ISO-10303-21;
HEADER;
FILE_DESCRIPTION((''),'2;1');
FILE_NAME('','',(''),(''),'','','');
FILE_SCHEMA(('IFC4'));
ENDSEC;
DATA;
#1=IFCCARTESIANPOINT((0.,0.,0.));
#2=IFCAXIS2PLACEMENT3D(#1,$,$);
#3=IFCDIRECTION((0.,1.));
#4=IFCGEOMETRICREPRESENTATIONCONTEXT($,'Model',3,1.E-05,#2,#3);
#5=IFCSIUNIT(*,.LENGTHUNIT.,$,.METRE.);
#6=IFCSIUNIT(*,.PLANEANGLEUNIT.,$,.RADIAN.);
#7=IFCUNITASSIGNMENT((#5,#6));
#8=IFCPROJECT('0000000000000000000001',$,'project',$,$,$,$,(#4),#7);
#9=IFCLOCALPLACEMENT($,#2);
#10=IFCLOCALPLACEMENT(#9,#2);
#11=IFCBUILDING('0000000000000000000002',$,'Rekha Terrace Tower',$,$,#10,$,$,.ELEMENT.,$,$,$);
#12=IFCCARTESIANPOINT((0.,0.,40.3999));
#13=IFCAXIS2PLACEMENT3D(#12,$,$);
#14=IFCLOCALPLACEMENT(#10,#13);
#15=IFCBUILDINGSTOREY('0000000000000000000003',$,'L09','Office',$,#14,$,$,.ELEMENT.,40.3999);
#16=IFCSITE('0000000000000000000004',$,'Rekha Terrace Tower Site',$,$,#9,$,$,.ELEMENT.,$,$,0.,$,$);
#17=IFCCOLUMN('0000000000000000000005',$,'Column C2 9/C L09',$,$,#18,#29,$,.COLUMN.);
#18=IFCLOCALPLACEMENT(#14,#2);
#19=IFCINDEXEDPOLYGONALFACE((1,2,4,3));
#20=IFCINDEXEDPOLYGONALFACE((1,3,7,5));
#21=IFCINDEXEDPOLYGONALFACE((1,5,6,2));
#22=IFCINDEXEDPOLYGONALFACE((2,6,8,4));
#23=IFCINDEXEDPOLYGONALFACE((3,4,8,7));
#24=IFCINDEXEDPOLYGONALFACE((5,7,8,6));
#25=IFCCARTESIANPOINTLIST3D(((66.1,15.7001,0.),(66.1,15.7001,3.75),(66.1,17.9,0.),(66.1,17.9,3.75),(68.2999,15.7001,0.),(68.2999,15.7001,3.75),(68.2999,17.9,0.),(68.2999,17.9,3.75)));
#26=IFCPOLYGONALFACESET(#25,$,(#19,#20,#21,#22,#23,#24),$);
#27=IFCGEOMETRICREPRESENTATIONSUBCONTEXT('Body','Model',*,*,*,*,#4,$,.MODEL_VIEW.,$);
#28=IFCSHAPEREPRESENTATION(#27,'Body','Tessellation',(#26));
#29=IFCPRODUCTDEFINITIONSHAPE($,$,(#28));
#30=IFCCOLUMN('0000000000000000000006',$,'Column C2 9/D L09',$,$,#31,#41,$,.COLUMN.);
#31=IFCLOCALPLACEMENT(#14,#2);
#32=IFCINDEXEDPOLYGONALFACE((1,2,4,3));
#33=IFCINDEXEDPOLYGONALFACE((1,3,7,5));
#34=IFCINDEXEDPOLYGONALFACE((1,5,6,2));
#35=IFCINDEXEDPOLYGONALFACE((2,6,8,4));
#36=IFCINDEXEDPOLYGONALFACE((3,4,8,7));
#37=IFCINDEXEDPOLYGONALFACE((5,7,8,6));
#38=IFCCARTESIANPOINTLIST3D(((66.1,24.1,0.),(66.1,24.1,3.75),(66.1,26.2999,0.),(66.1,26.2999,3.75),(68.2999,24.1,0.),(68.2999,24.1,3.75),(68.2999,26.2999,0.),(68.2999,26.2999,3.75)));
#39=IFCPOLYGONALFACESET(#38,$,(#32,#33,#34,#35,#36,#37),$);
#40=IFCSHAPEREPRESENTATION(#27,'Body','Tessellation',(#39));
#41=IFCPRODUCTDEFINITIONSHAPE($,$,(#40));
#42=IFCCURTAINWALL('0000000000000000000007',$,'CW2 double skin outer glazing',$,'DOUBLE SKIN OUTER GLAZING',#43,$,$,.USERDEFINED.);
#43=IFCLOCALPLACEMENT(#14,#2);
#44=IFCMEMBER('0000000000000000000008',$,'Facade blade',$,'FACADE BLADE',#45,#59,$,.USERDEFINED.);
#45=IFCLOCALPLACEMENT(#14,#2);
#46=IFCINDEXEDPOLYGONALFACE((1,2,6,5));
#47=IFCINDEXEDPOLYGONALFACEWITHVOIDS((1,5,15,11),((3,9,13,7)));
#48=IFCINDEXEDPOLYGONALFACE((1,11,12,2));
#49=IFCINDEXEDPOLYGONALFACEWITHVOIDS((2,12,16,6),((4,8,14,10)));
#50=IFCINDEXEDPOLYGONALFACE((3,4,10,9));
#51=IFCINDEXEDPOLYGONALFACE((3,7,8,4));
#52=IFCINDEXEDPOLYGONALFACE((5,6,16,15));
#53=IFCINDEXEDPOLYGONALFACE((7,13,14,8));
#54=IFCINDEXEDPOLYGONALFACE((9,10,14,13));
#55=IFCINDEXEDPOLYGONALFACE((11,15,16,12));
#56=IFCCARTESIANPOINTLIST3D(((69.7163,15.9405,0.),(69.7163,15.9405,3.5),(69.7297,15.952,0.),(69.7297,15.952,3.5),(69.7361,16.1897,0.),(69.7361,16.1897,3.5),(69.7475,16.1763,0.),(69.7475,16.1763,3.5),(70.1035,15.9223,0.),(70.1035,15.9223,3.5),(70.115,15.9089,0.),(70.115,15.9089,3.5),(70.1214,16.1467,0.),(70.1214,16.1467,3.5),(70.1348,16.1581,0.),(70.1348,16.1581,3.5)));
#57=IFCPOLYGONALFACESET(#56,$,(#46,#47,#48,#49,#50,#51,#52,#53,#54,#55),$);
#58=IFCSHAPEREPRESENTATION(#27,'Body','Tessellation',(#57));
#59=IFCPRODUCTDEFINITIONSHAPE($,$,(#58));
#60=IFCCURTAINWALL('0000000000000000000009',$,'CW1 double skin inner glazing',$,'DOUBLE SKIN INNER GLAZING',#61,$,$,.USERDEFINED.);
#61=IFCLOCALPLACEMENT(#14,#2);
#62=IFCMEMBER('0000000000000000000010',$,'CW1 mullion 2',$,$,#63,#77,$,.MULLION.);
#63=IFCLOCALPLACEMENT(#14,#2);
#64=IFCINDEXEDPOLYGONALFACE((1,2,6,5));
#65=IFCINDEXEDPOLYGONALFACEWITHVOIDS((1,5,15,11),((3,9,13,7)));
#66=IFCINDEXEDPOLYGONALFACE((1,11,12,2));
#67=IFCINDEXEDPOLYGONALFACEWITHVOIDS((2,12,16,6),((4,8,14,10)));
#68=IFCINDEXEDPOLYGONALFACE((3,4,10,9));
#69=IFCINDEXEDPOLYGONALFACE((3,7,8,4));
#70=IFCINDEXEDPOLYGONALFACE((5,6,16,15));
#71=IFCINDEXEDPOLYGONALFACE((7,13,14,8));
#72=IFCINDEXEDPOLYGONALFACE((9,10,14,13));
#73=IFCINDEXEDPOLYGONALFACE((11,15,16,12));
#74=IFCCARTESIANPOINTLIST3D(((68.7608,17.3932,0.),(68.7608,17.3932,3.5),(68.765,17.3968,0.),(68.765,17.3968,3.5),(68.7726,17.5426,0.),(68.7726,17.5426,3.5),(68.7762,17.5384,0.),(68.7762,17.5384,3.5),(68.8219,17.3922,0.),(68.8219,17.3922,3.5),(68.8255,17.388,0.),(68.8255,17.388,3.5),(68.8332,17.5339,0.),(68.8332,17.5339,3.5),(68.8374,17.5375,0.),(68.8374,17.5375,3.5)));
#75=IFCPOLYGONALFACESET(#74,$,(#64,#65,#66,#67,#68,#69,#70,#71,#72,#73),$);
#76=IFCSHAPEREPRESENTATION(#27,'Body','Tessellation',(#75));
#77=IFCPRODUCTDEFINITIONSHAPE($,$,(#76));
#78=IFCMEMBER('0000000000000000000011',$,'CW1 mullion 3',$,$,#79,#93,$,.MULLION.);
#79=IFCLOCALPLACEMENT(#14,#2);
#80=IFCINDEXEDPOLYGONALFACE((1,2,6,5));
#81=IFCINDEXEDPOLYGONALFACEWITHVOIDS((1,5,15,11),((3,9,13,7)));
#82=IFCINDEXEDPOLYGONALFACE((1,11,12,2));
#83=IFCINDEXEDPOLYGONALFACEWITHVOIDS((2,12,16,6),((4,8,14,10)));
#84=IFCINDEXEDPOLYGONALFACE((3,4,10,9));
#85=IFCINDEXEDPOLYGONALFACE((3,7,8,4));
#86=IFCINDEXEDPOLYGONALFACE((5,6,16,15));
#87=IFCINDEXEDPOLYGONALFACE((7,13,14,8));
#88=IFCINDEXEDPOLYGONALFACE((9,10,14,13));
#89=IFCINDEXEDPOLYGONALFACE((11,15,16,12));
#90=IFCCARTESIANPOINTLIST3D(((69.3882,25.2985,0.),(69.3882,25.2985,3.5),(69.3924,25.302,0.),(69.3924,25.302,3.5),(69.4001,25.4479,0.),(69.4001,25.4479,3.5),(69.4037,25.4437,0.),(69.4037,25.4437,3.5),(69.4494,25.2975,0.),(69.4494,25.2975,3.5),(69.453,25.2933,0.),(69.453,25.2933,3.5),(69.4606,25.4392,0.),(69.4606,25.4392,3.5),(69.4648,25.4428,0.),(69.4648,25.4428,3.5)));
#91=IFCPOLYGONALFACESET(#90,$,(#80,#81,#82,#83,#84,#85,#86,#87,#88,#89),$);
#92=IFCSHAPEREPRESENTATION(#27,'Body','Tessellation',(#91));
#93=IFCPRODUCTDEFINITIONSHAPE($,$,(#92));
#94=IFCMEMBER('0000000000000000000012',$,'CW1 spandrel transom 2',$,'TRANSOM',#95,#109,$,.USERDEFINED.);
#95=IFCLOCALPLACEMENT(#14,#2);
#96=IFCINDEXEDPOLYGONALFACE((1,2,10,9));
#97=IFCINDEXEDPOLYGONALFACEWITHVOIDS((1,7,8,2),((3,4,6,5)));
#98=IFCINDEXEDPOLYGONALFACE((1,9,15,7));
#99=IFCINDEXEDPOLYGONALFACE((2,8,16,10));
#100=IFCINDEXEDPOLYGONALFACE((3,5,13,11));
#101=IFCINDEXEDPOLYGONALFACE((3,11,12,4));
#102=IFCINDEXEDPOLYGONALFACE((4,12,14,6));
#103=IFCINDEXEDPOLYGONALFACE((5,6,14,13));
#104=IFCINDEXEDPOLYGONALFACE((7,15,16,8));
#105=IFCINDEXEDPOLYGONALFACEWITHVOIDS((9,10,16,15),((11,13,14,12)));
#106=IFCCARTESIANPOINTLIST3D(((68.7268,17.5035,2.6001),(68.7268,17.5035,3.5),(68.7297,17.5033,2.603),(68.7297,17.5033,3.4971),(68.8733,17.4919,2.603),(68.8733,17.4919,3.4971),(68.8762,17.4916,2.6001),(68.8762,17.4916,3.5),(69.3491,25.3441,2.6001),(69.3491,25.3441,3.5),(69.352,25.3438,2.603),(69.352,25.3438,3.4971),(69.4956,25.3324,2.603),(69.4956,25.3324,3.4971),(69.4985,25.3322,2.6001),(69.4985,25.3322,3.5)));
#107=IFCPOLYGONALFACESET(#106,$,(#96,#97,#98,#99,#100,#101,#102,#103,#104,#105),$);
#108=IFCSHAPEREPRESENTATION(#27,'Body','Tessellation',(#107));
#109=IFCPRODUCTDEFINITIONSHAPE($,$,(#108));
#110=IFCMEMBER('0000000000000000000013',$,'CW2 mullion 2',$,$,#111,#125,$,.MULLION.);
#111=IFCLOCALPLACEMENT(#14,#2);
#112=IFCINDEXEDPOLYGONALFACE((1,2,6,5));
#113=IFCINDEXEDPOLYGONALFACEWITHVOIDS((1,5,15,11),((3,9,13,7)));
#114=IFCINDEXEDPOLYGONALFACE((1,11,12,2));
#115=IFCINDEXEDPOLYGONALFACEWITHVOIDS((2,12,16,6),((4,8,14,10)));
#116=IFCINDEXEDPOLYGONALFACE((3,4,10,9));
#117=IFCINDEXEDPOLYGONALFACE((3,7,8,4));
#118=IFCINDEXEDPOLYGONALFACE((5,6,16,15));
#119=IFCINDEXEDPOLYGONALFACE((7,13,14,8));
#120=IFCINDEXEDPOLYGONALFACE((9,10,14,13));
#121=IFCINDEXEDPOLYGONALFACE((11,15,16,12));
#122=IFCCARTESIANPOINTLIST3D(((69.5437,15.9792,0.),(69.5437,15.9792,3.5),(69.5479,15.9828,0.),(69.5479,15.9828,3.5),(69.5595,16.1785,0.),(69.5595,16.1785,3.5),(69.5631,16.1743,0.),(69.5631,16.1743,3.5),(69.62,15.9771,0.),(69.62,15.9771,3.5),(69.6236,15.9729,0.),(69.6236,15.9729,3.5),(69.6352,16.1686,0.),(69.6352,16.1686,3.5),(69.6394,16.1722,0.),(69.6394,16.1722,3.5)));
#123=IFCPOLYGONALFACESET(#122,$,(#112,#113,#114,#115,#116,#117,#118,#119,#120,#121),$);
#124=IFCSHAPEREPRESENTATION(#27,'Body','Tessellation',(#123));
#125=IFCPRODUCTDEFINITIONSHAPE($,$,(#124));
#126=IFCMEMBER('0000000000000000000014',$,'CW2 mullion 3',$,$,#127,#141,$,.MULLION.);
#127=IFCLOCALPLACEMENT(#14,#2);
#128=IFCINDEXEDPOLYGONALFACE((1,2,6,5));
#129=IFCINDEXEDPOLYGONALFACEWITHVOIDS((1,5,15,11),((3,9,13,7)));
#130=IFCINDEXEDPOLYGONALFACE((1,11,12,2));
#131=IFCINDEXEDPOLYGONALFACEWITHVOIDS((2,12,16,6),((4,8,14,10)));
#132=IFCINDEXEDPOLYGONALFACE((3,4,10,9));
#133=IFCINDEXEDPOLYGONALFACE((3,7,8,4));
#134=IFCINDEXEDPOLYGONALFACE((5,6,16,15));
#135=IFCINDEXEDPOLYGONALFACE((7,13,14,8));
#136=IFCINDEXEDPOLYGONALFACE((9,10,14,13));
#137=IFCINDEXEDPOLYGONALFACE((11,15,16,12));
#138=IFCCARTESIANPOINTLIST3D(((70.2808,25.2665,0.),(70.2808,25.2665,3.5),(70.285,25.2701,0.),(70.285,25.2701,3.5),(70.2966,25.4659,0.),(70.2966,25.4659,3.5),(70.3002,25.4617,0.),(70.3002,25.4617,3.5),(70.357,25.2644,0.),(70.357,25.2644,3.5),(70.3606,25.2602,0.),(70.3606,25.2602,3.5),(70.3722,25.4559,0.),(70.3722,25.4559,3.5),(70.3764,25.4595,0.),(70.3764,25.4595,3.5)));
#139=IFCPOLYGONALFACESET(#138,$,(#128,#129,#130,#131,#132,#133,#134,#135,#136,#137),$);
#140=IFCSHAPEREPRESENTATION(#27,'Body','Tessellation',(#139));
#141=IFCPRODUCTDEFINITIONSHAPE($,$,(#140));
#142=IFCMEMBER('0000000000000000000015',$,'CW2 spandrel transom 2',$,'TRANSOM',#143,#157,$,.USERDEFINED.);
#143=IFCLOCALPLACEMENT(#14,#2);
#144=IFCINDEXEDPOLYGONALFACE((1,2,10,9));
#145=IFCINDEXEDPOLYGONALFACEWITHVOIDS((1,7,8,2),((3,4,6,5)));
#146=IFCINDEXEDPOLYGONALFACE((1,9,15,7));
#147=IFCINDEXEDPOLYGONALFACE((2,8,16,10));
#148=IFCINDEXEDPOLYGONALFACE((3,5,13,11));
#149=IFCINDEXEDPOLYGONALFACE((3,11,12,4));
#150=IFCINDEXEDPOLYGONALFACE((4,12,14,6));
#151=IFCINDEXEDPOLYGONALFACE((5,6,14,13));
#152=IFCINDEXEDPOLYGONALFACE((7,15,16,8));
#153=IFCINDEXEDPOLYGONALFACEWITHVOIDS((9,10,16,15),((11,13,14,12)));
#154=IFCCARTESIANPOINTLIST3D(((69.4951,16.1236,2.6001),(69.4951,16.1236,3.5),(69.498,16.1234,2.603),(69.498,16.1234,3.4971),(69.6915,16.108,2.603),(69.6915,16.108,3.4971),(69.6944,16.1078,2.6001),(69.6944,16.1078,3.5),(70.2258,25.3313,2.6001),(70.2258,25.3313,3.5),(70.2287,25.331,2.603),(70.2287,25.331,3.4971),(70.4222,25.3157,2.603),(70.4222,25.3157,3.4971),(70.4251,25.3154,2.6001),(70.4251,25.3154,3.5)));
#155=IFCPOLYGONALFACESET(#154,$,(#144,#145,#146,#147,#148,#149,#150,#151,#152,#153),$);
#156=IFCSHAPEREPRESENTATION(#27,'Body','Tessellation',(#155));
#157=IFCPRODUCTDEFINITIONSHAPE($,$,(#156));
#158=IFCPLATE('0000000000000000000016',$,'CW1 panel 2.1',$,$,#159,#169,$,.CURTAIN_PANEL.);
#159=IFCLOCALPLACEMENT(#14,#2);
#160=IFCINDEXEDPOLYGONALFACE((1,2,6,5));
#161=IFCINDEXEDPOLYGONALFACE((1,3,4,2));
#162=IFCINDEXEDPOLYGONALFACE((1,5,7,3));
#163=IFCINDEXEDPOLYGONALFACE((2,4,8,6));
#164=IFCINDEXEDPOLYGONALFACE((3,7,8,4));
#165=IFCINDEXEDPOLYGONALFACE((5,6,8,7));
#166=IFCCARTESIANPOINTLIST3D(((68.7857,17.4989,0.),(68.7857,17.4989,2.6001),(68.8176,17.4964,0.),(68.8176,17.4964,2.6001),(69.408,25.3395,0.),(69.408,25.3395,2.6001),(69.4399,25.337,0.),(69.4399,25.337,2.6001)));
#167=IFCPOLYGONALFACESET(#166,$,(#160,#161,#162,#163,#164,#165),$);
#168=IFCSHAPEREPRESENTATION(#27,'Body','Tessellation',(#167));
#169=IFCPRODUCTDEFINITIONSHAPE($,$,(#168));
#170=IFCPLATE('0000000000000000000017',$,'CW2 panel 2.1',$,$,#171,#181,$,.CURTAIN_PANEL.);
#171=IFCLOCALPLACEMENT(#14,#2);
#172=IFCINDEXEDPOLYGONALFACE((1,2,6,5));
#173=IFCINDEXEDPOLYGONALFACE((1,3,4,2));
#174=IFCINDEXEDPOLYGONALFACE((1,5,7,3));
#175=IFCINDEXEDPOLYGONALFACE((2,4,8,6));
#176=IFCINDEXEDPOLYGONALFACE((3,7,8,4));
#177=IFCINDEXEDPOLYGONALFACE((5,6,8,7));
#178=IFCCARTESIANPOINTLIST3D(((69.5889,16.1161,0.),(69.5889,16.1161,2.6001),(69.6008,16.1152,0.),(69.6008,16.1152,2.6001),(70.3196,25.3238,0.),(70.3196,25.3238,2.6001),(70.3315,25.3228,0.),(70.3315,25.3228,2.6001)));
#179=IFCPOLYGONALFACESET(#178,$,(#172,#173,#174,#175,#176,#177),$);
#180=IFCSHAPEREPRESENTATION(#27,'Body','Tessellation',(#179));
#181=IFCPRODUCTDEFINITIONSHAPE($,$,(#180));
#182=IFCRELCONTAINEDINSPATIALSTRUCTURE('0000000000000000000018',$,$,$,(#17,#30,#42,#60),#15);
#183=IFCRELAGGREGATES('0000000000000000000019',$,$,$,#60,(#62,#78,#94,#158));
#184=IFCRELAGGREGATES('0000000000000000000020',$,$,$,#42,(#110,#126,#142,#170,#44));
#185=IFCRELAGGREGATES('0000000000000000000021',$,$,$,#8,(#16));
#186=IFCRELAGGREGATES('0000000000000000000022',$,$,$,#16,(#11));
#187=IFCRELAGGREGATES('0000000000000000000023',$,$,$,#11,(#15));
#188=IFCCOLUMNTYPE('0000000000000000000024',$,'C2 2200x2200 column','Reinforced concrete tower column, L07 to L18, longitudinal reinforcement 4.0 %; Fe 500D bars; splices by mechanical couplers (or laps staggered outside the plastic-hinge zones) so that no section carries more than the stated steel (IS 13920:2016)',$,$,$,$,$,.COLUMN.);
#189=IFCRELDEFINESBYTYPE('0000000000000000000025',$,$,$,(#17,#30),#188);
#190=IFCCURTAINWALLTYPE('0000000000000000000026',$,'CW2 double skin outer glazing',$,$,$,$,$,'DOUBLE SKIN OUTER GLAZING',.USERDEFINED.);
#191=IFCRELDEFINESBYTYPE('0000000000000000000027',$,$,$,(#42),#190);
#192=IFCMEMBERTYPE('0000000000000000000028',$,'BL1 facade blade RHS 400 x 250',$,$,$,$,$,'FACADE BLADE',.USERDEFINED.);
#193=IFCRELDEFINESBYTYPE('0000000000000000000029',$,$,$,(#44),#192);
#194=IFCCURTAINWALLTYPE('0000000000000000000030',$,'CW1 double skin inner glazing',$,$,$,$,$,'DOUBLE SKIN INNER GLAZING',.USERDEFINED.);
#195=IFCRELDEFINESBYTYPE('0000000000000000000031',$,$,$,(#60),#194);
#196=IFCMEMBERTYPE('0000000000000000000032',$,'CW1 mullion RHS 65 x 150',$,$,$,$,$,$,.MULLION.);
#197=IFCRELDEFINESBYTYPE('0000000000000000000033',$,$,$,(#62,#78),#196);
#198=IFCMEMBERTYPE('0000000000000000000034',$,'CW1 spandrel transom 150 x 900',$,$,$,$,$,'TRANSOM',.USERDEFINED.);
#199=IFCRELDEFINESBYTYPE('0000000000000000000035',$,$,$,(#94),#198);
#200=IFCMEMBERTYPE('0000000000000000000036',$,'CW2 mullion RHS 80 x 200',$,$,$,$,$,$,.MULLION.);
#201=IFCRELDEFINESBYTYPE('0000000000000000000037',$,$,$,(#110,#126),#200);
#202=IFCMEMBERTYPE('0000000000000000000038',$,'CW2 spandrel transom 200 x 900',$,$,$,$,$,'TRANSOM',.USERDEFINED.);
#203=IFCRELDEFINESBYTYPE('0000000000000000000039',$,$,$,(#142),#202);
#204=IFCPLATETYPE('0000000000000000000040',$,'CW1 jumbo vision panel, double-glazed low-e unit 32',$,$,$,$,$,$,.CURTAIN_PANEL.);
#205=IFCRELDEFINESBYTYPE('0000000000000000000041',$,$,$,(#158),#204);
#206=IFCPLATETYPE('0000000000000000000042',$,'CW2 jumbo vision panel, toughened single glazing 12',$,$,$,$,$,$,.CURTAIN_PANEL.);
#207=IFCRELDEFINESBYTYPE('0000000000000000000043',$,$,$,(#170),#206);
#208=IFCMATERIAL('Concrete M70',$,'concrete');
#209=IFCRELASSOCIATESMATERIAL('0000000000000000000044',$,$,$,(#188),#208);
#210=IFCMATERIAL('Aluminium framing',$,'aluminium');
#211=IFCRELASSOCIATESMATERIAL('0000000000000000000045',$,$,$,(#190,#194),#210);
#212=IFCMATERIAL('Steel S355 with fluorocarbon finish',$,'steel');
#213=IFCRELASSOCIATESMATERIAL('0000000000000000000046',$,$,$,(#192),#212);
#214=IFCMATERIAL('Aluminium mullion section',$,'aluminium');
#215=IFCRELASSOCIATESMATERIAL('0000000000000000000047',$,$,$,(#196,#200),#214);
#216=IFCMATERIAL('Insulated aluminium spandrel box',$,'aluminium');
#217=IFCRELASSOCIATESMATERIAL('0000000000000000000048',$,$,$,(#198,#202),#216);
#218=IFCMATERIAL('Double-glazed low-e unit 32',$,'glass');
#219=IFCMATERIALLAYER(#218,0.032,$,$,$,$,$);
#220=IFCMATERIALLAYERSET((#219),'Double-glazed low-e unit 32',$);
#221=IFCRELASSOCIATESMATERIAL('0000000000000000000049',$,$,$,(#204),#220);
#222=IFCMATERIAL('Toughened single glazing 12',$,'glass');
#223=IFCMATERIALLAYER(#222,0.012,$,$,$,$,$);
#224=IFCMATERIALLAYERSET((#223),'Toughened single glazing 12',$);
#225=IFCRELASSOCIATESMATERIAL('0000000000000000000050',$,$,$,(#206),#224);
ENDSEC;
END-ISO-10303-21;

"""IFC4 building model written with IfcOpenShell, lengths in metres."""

from ifc_helpers import new_model, si_unit, direction, frame, origin, origin_2d, place, context, subcontext, project, spatial, rectangle, hollow_rectangle, extrude, material, layer, layer_set, material_profile, profile_set, type_object, element, aggregate, save


model = new_model("IFC4")

# Units and contexts
model_context = context("Model", 3, precision=1e-05, world=origin(), true_north=direction((0.0, 1.0)))
body_context = subcontext(model_context, "Body", "Model", "MODEL_VIEW")
ifc_project = project(units=[si_unit("LENGTHUNIT", "METRE"), si_unit("PLANEANGLEUNIT", "RADIAN")], contexts=[model_context])

# Site, building, storey
site_placement = place(None, origin())
site = spatial("IfcSite", under=ifc_project, at=site_placement, Name="Rekha Terrace Tower Site", CompositionType="ELEMENT", RefElevation=0.0)
building_placement = place(site_placement, origin())
building = spatial("IfcBuilding", under=site, at=building_placement, Name="Rekha Terrace Tower", CompositionType="ELEMENT")
storey_placement = place(building_placement, frame((0.0, 0.0, 40.3999)))
storey = spatial("IfcBuildingStorey", under=building, at=storey_placement, Name="L09", Description="Office", CompositionType="ELEMENT", Elevation=40.3999)

# Columns
ifc_material_1 = material(Name="Concrete M70", Category="concrete")
ifc_material_profile_1 = material_profile(ifc_material_1, rectangle(XDim=2.2, YDim=2.2, at=origin_2d()), Name="RC 2200x2200")
ifc_profile_set_1 = profile_set([ifc_material_profile_1], Name="Concrete M70")
column_type = type_object("IfcColumnType", Name="C2 2200x2200 column", Description="Reinforced concrete tower column, L07 to L18, longitudinal reinforcement 4.0 %; Fe 500D bars; splices by mechanical couplers (or laps staggered outside the plastic-hinge zones) so that no section carries more than the stated steel (IS 13920:2016)", PredefinedType="COLUMN", material=ifc_profile_set_1)
for number, where, z_axis, x_axis, name in (
    (1, (67.2, 16.8, 0.0), (0.0, 0.0, 1.0), (1.0, 0.0, 0.0), "Column C2 9/C L09"),
    (2, (67.2, 25.2, 0.0), (0.0, 0.0, 1.0), (1.0, 0.0, 0.0), "Column C2 9/D L09"),
):
    element("IfcColumn", number, at=place(storey_placement, frame(where, z_axis=z_axis, x_axis=x_axis)), inside=storey, type_object=column_type, Name=name, PredefinedType="COLUMN", context=body_context, shape_type="SweptSolid", body=[
        extrude(rectangle(XDim=2.2, YDim=2.2, at=origin_2d()), origin(), (0.0, 0.0, 1.0), 3.75),
    ])

# Curtain wall, member
ifc_material_2 = material(Name="Aluminium framing", Category="aluminium")
curtain_wall_type_1 = type_object("IfcCurtainWallType", Name="CW2 double skin outer glazing", ElementType="DOUBLE SKIN OUTER GLAZING", PredefinedType="USERDEFINED", material=ifc_material_2)
curtain_wall_1_placement = place(storey_placement, origin())
curtain_wall_1 = element("IfcCurtainWall", 3, at=curtain_wall_1_placement, inside=storey, type_object=curtain_wall_type_1, Name="CW2 double skin outer glazing", ObjectType="DOUBLE SKIN OUTER GLAZING", PredefinedType="USERDEFINED")
ifc_material_3 = material(Name="Steel S355 with fluorocarbon finish", Category="steel")
ifc_material_profile_2 = material_profile(ifc_material_3, hollow_rectangle(XDim=0.25, YDim=0.3999, WallThickness=0.0125, at=origin_2d()), Name="RHS400x250x12.5")
ifc_profile_set_2 = profile_set([ifc_material_profile_2], Name="Steel S355 with fluorocarbon finish")
member_type_1 = type_object("IfcMemberType", Name="BL1 facade blade RHS 400 x 250", ElementType="FACADE BLADE", PredefinedType="USERDEFINED", material=ifc_profile_set_2)
member_1_placement = place(storey_placement, frame((69.9255, 16.0493, 0.0), z_axis=(0.0, 0.0, 1.0), x_axis=(0.079117, 0.996865, 0.0)))
member_1 = element("IfcMember", 4, at=member_1_placement, type_object=member_type_1, Name="Facade blade", ObjectType="FACADE BLADE", PredefinedType="USERDEFINED", context=body_context, shape_type="SweptSolid", body=[
    extrude(hollow_rectangle(XDim=0.25, YDim=0.3999, WallThickness=0.0125, at=origin_2d()), origin(), (0.0, 0.0, 1.0), 3.5),
])

# Curtain wall, members
curtain_wall_type_2 = type_object("IfcCurtainWallType", Name="CW1 double skin inner glazing", ElementType="DOUBLE SKIN INNER GLAZING", PredefinedType="USERDEFINED", material=ifc_material_2)
curtain_wall_2_placement = place(storey_placement, origin())
curtain_wall_2 = element("IfcCurtainWall", 5, at=curtain_wall_2_placement, inside=storey, type_object=curtain_wall_type_2, Name="CW1 double skin inner glazing", ObjectType="DOUBLE SKIN INNER GLAZING", PredefinedType="USERDEFINED")
ifc_material_4 = material(Name="Aluminium mullion section", Category="aluminium")
ifc_material_profile_3 = material_profile(ifc_material_4, hollow_rectangle(XDim=0.0649, YDim=0.1499, WallThickness=0.0039, at=origin_2d()), Name="AL RHS 65x150")
ifc_profile_set_3 = profile_set([ifc_material_profile_3], Name="Aluminium mullion section")
member_type_2 = type_object("IfcMemberType", Name="CW1 mullion RHS 65 x 150", PredefinedType="MULLION", material=ifc_profile_set_3)
member_2_placement = place(storey_placement, frame((68.7991, 17.4653, 0.0), z_axis=(0.0, 0.0, 1.0), x_axis=(-0.996865, 0.079116, 0.0)))
member_2 = element("IfcMember", 6, at=member_2_placement, type_object=member_type_2, Name="CW1 mullion 2", PredefinedType="MULLION", context=body_context, shape_type="SweptSolid", body=[
    extrude(hollow_rectangle(XDim=0.0649, YDim=0.1499, WallThickness=0.0039, at=origin_2d()), origin(), (0.0, 0.0, 1.0), 3.5),
])
member_3_placement = place(storey_placement, frame((69.4265, 25.3706, 0.0), z_axis=(0.0, 0.0, 1.0), x_axis=(-0.996865, 0.079116, 0.0)))
member_3 = element("IfcMember", 7, at=member_3_placement, type_object=member_type_2, Name="CW1 mullion 3", PredefinedType="MULLION", context=body_context, shape_type="SweptSolid", body=[
    extrude(hollow_rectangle(XDim=0.0649, YDim=0.1499, WallThickness=0.0039, at=origin_2d()), origin(), (0.0, 0.0, 1.0), 3.5),
])
ifc_material_5 = material(Name="Insulated aluminium spandrel box", Category="aluminium")
ifc_material_profile_4 = material_profile(ifc_material_5, hollow_rectangle(XDim=0.1499, YDim=0.8999, WallThickness=0.0029, at=origin_2d()), Name="AL SPANDREL BOX 150x900")
ifc_profile_set_4 = profile_set([ifc_material_profile_4], Name="Insulated aluminium spandrel box")
member_type_3 = type_object("IfcMemberType", Name="CW1 spandrel transom 150 x 900", ElementType="TRANSOM", PredefinedType="USERDEFINED", material=ifc_profile_set_4)
member_4_placement = place(storey_placement, frame((68.8015, 17.4976, 3.05), z_axis=(0.079122, 0.996865, 0.0), x_axis=(-0.996865, 0.079122, 0.0)))
member_4 = element("IfcMember", 8, at=member_4_placement, type_object=member_type_3, Name="CW1 spandrel transom 2", ObjectType="TRANSOM", PredefinedType="USERDEFINED", context=body_context, shape_type="SweptSolid", body=[
    extrude(hollow_rectangle(XDim=0.1499, YDim=0.8999, WallThickness=0.0029, at=origin_2d()), origin(), (0.0, 0.0, 1.0), 7.8652),
])

# Members
ifc_material_profile_5 = material_profile(ifc_material_4, hollow_rectangle(XDim=0.0801, YDim=0.2, WallThickness=0.0039, at=origin_2d()), Name="AL RHS 80x200")
ifc_profile_set_5 = profile_set([ifc_material_profile_5], Name="Aluminium mullion section")
member_type_4 = type_object("IfcMemberType", Name="CW2 mullion RHS 80 x 200", PredefinedType="MULLION", material=ifc_profile_set_5)
member_5_placement = place(storey_placement, frame((69.5916, 16.0757, 0.0), z_axis=(0.0, 0.0, 1.0), x_axis=(-0.996865, 0.079116, 0.0)))
member_5 = element("IfcMember", 9, at=member_5_placement, type_object=member_type_4, Name="CW2 mullion 2", PredefinedType="MULLION", context=body_context, shape_type="SweptSolid", body=[
    extrude(hollow_rectangle(XDim=0.0801, YDim=0.2, WallThickness=0.0039, at=origin_2d()), origin(), (0.0, 0.0, 1.0), 3.5),
])
member_6_placement = place(storey_placement, frame((70.3286, 25.363, 0.0), z_axis=(0.0, 0.0, 1.0), x_axis=(-0.996865, 0.079116, 0.0)))
member_6 = element("IfcMember", 10, at=member_6_placement, type_object=member_type_4, Name="CW2 mullion 3", PredefinedType="MULLION", context=body_context, shape_type="SweptSolid", body=[
    extrude(hollow_rectangle(XDim=0.0801, YDim=0.2, WallThickness=0.0039, at=origin_2d()), origin(), (0.0, 0.0, 1.0), 3.5),
])
ifc_material_profile_6 = material_profile(ifc_material_5, hollow_rectangle(XDim=0.2, YDim=0.8999, WallThickness=0.0029, at=origin_2d()), Name="AL SPANDREL BOX 200x900")
ifc_profile_set_6 = profile_set([ifc_material_profile_6], Name="Insulated aluminium spandrel box")
member_type_5 = type_object("IfcMemberType", Name="CW2 spandrel transom 200 x 900", ElementType="TRANSOM", PredefinedType="USERDEFINED", material=ifc_profile_set_6)
member_7_placement = place(storey_placement, frame((69.5947, 16.1157, 3.05), z_axis=(0.079112, 0.996866, 0.0), x_axis=(-0.996866, 0.079112, 0.0)))
member_7 = element("IfcMember", 11, at=member_7_placement, type_object=member_type_5, Name="CW2 spandrel transom 2", ObjectType="TRANSOM", PredefinedType="USERDEFINED", context=body_context, shape_type="SweptSolid", body=[
    extrude(hollow_rectangle(XDim=0.2, YDim=0.8999, WallThickness=0.0029, at=origin_2d()), origin(), (0.0, 0.0, 1.0), 9.2366),
])

# Plates
ifc_material_6 = material(Name="Double-glazed low-e unit 32", Category="glass")
ifc_layer_1 = layer(ifc_material_6, 0.032)
ifc_layer_set_1 = layer_set([ifc_layer_1], Name="Double-glazed low-e unit 32")
plate_type_1 = type_object("IfcPlateType", Name="CW1 jumbo vision panel, double-glazed low-e unit 32", PredefinedType="CURTAIN_PANEL", material=ifc_layer_set_1)
plate_1_placement = place(storey_placement, frame((69.1128, 21.418, 0.0), z_axis=(0.0, 0.0, 1.0), x_axis=(0.079116, 0.996865, 0.0)))
plate_1 = element("IfcPlate", 12, at=plate_1_placement, type_object=plate_type_1, Name="CW1 panel 2.1", PredefinedType="CURTAIN_PANEL", context=body_context, shape_type="SweptSolid", body=[
    extrude(rectangle(XDim=7.8652, YDim=0.032, at=origin_2d()), origin(), (0.0, 0.0, 1.0), 2.6001),
])
aggregate(curtain_wall_2, [member_2, member_3, member_4, plate_1])
ifc_material_7 = material(Name="Toughened single glazing 12", Category="glass")
ifc_layer_2 = layer(ifc_material_7, 0.012)
ifc_layer_set_2 = layer_set([ifc_layer_2], Name="Toughened single glazing 12")
plate_type_2 = type_object("IfcPlateType", Name="CW2 jumbo vision panel, toughened single glazing 12", PredefinedType="CURTAIN_PANEL", material=ifc_layer_set_2)
plate_2_placement = place(storey_placement, frame((69.9602, 20.7195, 0.0), z_axis=(0.0, 0.0, 1.0), x_axis=(0.079116, 0.996865, 0.0)))
plate_2 = element("IfcPlate", 13, at=plate_2_placement, type_object=plate_type_2, Name="CW2 panel 2.1", PredefinedType="CURTAIN_PANEL", context=body_context, shape_type="SweptSolid", body=[
    extrude(rectangle(XDim=9.2366, YDim=0.012, at=origin_2d()), origin(), (0.0, 0.0, 1.0), 2.6001),
])
aggregate(curtain_wall_1, [member_5, member_6, member_7, plate_2, member_1])

save(model, "model.ifc")
